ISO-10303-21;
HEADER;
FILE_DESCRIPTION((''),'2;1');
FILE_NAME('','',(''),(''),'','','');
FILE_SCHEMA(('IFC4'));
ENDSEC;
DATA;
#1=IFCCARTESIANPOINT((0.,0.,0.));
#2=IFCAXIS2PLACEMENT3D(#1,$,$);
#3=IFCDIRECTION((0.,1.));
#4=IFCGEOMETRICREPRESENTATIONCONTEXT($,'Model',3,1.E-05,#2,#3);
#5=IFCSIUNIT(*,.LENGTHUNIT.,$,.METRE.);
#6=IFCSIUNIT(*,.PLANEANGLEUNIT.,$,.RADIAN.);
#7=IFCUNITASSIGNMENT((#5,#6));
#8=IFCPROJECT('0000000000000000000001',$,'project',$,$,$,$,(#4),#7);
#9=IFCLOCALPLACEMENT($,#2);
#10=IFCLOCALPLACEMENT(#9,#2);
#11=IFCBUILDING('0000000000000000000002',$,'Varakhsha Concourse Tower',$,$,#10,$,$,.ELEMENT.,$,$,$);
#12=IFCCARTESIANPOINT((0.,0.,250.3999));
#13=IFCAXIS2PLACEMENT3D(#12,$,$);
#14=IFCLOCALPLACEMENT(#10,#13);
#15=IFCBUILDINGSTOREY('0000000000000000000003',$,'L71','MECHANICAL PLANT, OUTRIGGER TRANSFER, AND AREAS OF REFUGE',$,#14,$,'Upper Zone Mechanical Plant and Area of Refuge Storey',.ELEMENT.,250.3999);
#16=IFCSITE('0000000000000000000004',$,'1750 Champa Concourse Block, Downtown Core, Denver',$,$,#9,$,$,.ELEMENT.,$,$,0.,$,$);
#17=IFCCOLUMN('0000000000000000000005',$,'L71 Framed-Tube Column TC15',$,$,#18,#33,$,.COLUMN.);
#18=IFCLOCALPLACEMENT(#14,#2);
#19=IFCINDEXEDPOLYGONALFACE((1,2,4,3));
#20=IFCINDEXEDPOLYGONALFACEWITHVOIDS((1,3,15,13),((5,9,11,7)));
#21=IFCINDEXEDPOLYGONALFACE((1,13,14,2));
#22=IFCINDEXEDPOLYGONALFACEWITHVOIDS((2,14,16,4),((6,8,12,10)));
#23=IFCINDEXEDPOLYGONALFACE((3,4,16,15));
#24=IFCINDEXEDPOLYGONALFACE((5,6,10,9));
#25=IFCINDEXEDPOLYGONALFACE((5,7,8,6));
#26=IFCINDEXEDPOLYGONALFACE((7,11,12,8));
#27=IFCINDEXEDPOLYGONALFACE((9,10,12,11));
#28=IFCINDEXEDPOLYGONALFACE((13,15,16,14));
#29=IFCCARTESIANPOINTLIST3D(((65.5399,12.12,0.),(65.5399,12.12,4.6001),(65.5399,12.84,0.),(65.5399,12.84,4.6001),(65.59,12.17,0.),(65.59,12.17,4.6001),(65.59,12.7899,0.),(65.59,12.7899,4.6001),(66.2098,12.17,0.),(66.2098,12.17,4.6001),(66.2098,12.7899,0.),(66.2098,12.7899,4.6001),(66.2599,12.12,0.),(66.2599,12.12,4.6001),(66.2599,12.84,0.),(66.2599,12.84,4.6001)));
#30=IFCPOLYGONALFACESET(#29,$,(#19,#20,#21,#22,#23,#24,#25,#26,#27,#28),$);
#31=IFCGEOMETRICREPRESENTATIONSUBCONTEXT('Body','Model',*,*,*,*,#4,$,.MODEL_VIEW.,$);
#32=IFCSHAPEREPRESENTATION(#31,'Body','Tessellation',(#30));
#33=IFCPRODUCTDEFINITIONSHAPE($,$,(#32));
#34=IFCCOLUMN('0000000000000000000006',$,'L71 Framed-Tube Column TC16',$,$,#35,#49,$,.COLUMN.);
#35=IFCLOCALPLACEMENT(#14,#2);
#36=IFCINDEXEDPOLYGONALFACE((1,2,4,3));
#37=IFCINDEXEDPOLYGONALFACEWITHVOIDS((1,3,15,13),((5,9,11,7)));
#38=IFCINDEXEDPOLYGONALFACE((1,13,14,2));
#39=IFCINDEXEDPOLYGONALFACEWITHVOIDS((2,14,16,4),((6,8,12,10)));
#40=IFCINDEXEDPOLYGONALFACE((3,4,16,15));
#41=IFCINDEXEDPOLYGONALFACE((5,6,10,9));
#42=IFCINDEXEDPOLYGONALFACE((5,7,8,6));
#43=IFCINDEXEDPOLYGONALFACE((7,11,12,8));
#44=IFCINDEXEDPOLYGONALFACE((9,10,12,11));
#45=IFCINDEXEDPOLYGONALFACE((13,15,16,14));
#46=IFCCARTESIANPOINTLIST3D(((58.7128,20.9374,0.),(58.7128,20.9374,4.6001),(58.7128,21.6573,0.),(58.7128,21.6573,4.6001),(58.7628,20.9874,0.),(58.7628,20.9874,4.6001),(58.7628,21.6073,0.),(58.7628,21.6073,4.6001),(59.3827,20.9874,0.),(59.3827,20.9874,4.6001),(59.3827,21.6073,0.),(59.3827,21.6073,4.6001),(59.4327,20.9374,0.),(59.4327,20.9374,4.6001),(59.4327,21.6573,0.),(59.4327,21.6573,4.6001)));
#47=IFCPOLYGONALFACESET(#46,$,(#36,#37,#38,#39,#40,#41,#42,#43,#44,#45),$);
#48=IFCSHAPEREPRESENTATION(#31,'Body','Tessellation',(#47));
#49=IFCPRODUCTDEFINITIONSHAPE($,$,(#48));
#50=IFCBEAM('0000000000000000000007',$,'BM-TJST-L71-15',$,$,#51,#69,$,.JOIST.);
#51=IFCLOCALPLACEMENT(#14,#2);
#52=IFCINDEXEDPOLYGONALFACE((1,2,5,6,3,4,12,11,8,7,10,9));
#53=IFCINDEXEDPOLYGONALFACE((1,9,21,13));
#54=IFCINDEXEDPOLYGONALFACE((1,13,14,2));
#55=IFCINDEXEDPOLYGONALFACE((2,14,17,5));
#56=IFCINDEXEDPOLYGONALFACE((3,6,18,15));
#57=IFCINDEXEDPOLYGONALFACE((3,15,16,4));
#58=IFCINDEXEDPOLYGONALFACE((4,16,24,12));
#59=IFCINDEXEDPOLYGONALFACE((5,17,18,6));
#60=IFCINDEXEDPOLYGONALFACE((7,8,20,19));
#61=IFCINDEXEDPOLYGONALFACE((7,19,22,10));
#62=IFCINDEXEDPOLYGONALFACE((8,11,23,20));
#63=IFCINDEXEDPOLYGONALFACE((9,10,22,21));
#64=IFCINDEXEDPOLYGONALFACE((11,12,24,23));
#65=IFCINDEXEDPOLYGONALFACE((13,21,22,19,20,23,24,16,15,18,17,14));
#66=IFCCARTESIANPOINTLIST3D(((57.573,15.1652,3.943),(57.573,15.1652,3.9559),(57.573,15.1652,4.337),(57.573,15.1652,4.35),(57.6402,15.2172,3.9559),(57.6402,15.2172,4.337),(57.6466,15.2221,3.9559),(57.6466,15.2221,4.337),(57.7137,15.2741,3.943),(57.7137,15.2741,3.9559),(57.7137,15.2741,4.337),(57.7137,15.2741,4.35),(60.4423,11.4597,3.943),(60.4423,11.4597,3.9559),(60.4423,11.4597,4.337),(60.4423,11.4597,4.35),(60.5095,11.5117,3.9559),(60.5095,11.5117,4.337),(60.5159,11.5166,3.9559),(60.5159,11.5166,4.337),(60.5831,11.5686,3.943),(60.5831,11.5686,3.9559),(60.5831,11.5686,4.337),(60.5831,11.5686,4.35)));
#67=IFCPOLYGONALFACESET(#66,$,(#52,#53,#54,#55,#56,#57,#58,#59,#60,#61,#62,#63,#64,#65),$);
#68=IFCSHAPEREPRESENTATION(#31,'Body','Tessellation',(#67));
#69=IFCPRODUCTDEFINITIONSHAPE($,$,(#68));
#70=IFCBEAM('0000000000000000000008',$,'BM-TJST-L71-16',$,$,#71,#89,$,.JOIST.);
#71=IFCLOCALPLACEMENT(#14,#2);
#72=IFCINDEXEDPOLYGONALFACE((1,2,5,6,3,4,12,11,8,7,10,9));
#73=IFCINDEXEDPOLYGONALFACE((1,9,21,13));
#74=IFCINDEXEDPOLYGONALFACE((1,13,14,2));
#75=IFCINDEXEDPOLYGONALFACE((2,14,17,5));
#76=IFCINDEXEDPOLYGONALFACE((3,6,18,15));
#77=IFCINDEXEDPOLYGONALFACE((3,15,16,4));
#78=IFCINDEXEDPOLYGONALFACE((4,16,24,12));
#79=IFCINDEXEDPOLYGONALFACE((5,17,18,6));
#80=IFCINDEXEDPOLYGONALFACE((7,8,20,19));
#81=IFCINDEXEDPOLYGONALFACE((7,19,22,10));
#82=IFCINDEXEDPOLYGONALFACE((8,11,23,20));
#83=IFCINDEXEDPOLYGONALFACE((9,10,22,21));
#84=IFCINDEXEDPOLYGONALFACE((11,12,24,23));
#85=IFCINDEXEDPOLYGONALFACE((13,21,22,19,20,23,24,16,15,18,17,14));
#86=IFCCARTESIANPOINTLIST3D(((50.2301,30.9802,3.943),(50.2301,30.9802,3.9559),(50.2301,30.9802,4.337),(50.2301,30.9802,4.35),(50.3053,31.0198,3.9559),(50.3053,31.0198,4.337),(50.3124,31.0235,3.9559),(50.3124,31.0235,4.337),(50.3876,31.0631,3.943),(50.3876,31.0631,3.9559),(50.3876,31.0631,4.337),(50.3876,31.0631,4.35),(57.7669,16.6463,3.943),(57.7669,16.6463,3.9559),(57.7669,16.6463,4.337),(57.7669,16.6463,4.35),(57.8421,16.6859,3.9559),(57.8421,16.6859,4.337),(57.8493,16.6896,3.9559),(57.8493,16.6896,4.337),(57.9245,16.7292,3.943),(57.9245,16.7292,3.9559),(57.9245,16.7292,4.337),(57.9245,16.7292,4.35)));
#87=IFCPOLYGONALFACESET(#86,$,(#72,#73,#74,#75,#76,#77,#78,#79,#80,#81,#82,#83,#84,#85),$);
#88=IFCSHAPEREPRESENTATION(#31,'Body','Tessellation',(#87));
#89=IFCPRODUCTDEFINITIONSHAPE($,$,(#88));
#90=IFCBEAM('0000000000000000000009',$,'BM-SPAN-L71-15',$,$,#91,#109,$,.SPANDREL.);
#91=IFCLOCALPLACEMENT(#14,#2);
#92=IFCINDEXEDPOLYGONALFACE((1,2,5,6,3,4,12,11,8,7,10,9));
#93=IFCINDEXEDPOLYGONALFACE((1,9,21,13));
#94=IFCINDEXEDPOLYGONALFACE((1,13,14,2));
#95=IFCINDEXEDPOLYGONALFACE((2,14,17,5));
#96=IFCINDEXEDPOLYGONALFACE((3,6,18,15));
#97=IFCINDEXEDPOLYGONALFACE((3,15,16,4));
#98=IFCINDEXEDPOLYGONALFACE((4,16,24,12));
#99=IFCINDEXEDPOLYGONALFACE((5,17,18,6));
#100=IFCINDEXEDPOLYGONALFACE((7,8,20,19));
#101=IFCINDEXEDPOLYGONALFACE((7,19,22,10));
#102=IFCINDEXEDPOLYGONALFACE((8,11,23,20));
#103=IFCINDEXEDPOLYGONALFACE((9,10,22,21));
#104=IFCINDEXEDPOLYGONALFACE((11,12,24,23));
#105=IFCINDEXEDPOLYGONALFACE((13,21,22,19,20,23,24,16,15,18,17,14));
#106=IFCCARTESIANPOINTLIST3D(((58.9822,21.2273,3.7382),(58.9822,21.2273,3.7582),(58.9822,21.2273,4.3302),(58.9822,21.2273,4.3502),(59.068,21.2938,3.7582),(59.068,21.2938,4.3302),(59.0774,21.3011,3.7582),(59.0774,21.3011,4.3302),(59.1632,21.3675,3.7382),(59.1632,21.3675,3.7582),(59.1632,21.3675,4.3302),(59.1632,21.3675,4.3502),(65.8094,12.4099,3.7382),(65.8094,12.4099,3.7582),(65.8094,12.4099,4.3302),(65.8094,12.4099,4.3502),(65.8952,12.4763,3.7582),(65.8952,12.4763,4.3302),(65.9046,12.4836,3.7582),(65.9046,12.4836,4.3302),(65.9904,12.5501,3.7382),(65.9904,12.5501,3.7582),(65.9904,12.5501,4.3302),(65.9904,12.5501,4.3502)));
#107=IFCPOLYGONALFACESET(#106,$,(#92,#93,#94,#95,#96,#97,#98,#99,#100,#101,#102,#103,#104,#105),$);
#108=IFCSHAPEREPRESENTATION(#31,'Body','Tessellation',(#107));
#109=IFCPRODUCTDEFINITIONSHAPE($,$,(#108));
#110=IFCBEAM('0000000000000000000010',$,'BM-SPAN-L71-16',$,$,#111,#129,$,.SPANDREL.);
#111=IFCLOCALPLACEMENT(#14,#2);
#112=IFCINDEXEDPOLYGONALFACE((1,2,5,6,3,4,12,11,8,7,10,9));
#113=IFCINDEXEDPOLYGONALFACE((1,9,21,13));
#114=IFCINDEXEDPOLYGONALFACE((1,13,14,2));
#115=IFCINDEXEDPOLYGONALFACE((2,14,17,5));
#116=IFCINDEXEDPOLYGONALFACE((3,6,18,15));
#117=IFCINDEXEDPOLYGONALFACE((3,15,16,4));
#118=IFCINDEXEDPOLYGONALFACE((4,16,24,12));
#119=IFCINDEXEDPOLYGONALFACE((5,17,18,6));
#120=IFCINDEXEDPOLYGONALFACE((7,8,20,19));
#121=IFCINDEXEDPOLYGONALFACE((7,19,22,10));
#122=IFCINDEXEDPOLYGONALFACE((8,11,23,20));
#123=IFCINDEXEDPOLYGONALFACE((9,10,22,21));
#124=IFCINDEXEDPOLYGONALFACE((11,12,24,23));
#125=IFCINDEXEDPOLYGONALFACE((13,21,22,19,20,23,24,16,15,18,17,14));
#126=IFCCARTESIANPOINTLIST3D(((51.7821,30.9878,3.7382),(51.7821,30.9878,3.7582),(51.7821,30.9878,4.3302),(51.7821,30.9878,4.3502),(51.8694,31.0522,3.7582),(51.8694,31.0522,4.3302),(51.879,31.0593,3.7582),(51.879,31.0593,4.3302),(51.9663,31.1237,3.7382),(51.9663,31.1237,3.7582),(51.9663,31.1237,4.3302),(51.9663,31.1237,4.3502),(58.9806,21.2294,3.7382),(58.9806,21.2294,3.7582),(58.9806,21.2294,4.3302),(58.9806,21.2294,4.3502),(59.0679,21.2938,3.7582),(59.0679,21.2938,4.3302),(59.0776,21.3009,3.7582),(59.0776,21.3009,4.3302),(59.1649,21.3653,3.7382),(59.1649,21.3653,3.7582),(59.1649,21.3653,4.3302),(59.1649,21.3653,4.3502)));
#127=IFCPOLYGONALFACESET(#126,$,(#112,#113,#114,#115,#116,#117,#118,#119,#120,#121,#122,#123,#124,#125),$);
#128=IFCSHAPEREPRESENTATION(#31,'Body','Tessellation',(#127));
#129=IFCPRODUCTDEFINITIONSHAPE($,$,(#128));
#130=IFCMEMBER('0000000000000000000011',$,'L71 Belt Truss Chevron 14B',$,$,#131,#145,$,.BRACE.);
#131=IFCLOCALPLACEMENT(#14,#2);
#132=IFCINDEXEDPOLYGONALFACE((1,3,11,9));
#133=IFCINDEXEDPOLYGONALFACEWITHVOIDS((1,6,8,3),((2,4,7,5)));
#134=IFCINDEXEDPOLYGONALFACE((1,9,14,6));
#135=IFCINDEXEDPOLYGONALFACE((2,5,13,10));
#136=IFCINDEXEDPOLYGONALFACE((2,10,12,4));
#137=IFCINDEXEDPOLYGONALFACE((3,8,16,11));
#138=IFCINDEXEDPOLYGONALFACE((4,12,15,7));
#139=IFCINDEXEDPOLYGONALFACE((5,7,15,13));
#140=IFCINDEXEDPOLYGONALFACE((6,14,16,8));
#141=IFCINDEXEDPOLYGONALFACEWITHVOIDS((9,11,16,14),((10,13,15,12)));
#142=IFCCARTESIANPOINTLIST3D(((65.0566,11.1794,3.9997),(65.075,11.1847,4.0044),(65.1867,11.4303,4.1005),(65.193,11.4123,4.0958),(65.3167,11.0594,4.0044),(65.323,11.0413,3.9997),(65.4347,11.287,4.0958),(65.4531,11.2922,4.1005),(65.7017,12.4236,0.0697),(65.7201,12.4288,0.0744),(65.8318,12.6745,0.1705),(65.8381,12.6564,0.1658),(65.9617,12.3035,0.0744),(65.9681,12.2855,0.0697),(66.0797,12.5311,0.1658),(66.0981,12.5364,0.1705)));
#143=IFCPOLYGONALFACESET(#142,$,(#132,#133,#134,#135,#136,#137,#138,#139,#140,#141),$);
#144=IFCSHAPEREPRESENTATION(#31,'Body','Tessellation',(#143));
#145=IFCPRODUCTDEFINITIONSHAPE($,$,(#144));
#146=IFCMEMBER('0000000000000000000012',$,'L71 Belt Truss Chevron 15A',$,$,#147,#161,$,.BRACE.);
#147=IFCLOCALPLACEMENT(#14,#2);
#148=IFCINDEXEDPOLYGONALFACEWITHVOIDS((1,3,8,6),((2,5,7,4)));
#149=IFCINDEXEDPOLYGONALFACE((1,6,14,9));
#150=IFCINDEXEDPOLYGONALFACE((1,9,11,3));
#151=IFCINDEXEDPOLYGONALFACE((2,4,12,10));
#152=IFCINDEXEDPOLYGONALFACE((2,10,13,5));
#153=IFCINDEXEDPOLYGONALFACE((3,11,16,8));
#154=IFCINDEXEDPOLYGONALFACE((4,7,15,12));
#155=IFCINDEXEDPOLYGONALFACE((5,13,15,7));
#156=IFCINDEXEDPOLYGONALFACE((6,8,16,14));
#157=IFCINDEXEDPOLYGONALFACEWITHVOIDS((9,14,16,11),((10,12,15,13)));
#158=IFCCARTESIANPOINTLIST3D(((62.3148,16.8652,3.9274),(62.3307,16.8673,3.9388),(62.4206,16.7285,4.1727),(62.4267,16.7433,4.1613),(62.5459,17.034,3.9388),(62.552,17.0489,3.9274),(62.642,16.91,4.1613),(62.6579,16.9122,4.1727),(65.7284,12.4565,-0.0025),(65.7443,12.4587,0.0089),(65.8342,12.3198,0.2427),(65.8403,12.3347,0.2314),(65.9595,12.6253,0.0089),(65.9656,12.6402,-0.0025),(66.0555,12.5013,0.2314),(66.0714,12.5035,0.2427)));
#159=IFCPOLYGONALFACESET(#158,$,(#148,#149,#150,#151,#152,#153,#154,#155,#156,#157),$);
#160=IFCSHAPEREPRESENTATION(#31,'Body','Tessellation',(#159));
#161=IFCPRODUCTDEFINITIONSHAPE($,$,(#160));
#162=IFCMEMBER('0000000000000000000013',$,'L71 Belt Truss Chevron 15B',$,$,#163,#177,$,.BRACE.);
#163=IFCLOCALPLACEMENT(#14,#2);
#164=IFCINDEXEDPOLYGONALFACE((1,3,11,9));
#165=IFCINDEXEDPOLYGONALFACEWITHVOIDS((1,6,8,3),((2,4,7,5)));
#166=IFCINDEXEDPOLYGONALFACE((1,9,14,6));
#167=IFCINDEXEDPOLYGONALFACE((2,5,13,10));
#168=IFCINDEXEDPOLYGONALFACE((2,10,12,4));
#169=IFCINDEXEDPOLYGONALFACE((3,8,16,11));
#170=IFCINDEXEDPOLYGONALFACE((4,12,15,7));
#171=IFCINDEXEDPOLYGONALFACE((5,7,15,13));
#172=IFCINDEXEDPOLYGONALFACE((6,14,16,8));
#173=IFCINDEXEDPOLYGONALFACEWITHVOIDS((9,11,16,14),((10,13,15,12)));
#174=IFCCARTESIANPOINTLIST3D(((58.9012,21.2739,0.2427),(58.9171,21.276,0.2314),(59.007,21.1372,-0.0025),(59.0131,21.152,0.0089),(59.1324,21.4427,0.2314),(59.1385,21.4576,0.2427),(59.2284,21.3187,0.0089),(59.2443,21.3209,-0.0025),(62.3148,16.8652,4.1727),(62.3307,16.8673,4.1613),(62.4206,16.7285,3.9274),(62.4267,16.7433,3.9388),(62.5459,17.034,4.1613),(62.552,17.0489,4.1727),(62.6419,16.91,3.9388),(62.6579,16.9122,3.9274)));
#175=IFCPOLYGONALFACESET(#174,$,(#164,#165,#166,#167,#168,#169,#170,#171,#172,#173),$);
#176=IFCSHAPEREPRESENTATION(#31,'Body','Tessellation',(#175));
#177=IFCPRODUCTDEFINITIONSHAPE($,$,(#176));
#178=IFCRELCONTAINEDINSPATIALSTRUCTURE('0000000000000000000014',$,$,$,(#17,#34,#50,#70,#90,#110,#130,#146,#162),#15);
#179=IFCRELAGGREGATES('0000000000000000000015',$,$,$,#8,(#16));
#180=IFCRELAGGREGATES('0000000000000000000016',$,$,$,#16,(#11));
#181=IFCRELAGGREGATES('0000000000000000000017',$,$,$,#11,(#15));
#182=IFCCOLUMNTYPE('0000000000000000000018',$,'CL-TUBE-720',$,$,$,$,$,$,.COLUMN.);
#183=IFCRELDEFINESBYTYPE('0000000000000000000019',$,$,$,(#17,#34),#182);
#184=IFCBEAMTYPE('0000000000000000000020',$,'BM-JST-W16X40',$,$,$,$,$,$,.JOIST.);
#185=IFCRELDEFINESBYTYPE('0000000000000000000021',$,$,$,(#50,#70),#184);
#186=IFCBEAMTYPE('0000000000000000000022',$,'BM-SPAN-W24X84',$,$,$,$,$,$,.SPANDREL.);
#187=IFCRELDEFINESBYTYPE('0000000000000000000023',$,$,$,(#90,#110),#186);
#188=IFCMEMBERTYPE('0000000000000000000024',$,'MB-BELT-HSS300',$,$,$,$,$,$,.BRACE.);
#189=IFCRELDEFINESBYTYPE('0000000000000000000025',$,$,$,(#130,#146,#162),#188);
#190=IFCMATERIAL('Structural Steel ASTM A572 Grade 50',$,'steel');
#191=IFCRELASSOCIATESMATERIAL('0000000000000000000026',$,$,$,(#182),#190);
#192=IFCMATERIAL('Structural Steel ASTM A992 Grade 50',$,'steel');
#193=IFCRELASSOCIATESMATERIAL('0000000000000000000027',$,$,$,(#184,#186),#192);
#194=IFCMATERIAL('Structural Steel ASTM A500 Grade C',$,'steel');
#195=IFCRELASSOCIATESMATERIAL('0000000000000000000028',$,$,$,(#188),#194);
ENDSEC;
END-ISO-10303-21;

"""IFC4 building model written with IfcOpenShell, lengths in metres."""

from ifc_helpers import new_model, si_unit, direction, frame, origin, origin_2d, place, context, subcontext, project, spatial, hollow_rectangle, i_section, extrude, source, transform, mapped, material, material_profile, profile_set, type_object, element, save


model = new_model("IFC4")

# Units and contexts
model_context = context("Model", 3, precision=1e-05, world=origin(), true_north=direction((0.0, 1.0)))
body_context = subcontext(model_context, "Body", "Model", "MODEL_VIEW")
ifc_project = project(units=[si_unit("LENGTHUNIT", "METRE"), si_unit("PLANEANGLEUNIT", "RADIAN")], contexts=[model_context])

# Site, building, storey
site_placement = place(None, origin())
site = spatial("IfcSite", under=ifc_project, at=site_placement, Name="1750 Champa Concourse Block, Downtown Core, Denver", CompositionType="ELEMENT", RefElevation=0.0)
building_placement = place(site_placement, origin())
building = spatial("IfcBuilding", under=site, at=building_placement, Name="Varakhsha Concourse Tower", CompositionType="ELEMENT")
storey_placement = place(building_placement, frame((0.0, 0.0, 250.3999)))
storey = spatial("IfcBuildingStorey", under=building, at=storey_placement, Name="L71", Description="MECHANICAL PLANT, OUTRIGGER TRANSFER, AND AREAS OF REFUGE", LongName="Upper Zone Mechanical Plant and Area of Refuge Storey", CompositionType="ELEMENT", Elevation=250.3999)

# Columns
ifc_material_1 = material(Name="Structural Steel ASTM A572 Grade 50", Category="steel")
ifc_material_profile_1 = material_profile(ifc_material_1, hollow_rectangle(XDim=0.72, YDim=0.72, WallThickness=0.05, at=origin_2d()), Name="BOX 720x720x50")
ifc_profile_set_1 = profile_set([ifc_material_profile_1], Name="Structural Steel ASTM A572 Grade 50")
column_type = type_object("IfcColumnType", Name="CL-TUBE-720", PredefinedType="COLUMN", material=ifc_profile_set_1)
for number, where, z_axis, x_axis, name in (
    (1, (65.8999, 12.48, 0.0), (0.0, 0.0, 1.0), (1.0, 0.0, 0.0), "L71 Framed-Tube Column TC15"),
    (2, (59.0728, 21.2974, 0.0), (0.0, 0.0, 1.0), (1.0, 0.0, 0.0), "L71 Framed-Tube Column TC16"),
):
    element("IfcColumn", number, at=place(storey_placement, frame(where, z_axis=z_axis, x_axis=x_axis)), inside=storey, type_object=column_type, Name=name, PredefinedType="COLUMN", context=body_context, shape_type="SweptSolid", body=[
        extrude(hollow_rectangle(XDim=0.72, YDim=0.72, WallThickness=0.05, at=origin_2d()), origin(), (0.0, 0.0, 1.0), 4.6001),
    ])

# Beams
ifc_material_2 = material(Name="Structural Steel ASTM A992 Grade 50", Category="steel")
ifc_material_profile_2 = material_profile(ifc_material_2, i_section(OverallWidth=0.178, OverallDepth=0.407, WebThickness=0.0081, FlangeThickness=0.0129, at=origin_2d()), Name="W16X40")
ifc_profile_set_2 = profile_set([ifc_material_profile_2], Name="Structural Steel ASTM A992 Grade 50")
beam_type_1 = type_object("IfcBeamType", Name="BM-JST-W16X40", PredefinedType="JOIST", material=ifc_profile_set_2)
beam_1_placement = place(storey_placement, frame((60.5127, 11.5142, 4.1465), z_axis=(-0.612248, 0.790666, 0.0), x_axis=(-0.790666, -0.612248, 0.0)))
element("IfcBeam", 3, at=beam_1_placement, inside=storey, type_object=beam_type_1, Name="BM-TJST-L71-15", PredefinedType="JOIST", context=body_context, shape_type="SweptSolid", body=[
    extrude(i_section(OverallWidth=0.178, OverallDepth=0.407, WebThickness=0.0081, FlangeThickness=0.0129, at=origin_2d()), origin(), (0.0, 0.0, 1.0), 4.6865),
])
beam_2_placement = place(storey_placement, frame((57.8457, 16.6877, 4.1465), z_axis=(-0.465392, 0.885105, 0.0), x_axis=(-0.885105, -0.465392, 0.0)))
element("IfcBeam", 4, at=beam_2_placement, inside=storey, type_object=beam_type_1, Name="BM-TJST-L71-16", PredefinedType="JOIST", context=body_context, shape_type="SweptSolid", body=[
    extrude(i_section(OverallWidth=0.178, OverallDepth=0.407, WebThickness=0.0081, FlangeThickness=0.0129, at=origin_2d()), origin(), (0.0, 0.0, 1.0), 16.1946),
])
ifc_material_profile_3 = material_profile(ifc_material_2, i_section(OverallWidth=0.229, OverallDepth=0.6121, WebThickness=0.012, FlangeThickness=0.02, at=origin_2d()), Name="W24X84")
ifc_profile_set_3 = profile_set([ifc_material_profile_3], Name="Structural Steel ASTM A992 Grade 50")
beam_type_2 = type_object("IfcBeamType", Name="BM-SPAN-W24X84", PredefinedType="SPANDREL", material=ifc_profile_set_3)
beam_3_placement = place(storey_placement, frame((65.8999, 12.48, 4.0442), z_axis=(-0.612217, 0.79069, 0.0), x_axis=(-0.79069, -0.612217, 0.0)))
element("IfcBeam", 5, at=beam_3_placement, inside=storey, type_object=beam_type_2, Name="BM-SPAN-L71-15", PredefinedType="SPANDREL", context=body_context, shape_type="SweptSolid", body=[
    extrude(i_section(OverallWidth=0.229, OverallDepth=0.6121, WebThickness=0.012, FlangeThickness=0.02, at=origin_2d()), origin(), (0.0, 0.0, 1.0), 11.1516),
])
beam_4_placement = place(storey_placement, frame((59.0728, 21.2974, 4.0442), z_axis=(-0.593635, 0.804734, 0.0), x_axis=(-0.804734, -0.593635, 0.0)))
element("IfcBeam", 6, at=beam_4_placement, inside=storey, type_object=beam_type_2, Name="BM-SPAN-L71-16", PredefinedType="SPANDREL", context=body_context, shape_type="SweptSolid", body=[
    extrude(i_section(OverallWidth=0.229, OverallDepth=0.6121, WebThickness=0.012, FlangeThickness=0.02, at=origin_2d()), origin(), (0.0, 0.0, 1.0), 12.1262),
])

# Members
ifc_material_3 = material(Name="Structural Steel ASTM A500 Grade C", Category="steel")
ifc_material_profile_4 = material_profile(ifc_material_3, hollow_rectangle(XDim=0.3, YDim=0.3, WallThickness=0.0139, at=origin_2d()), Name="HSS 300x300x14")
ifc_profile_set_4 = profile_set([ifc_material_profile_4], Name="Structural Steel ASTM A500 Grade C")
member_type_1 = type_object("IfcMemberType", Name="MB-BELT-HSS300", PredefinedType="BRACE", material=ifc_profile_set_4)
shared_shape_1 = source(origin(), body_context, "Body", "SweptSolid", [
    extrude(hollow_rectangle(XDim=0.3, YDim=0.3, WallThickness=0.0139, at=origin_2d()), origin(), (0.0, 0.0, 1.0), 4.1724),
])
member_1_placement = place(storey_placement, frame((65.8999, 12.48, 0.1201), z_axis=(-0.154595, -0.298189, 0.941904), x_axis=(0.887781, -0.460266, 0.0)))
element("IfcMember", 7, at=member_1_placement, inside=storey, type_object=member_type_1, Name="L71 Belt Truss Chevron 14B", PredefinedType="BRACE", context=body_context, shape_type="MappedRepresentation", body=[
    mapped(shared_shape_1, transform((0.0, 0.0, 0.0), scale=1.0)),
])
shared_shape_2 = source(origin(), body_context, "Body", "SweptSolid", [
    extrude(hollow_rectangle(XDim=0.3, YDim=0.3, WallThickness=0.0139, at=origin_2d()), origin(), (0.0, 0.0, 1.0), 6.8215),
])
for number, where, z_axis, x_axis, name in (
    (8, (65.8999, 12.48, 0.1201), (-0.500411, 0.64629, 0.576106), (-0.79069, -0.612217, 0.0), "L71 Belt Truss Chevron 15A"),
    (9, (59.0728, 21.2974, 0.1201), (0.500411, -0.64629, 0.576106), (0.79069, 0.612217, 0.0), "L71 Belt Truss Chevron 15B"),
):
    element("IfcMember", number, at=place(storey_placement, frame(where, z_axis=z_axis, x_axis=x_axis)), inside=storey, type_object=member_type_1, Name=name, PredefinedType="BRACE", context=body_context, shape_type="MappedRepresentation", body=[
        mapped(shared_shape_2, transform((0.0, 0.0, 0.0), scale=1.0)),
    ])

save(model, "model.ifc")
